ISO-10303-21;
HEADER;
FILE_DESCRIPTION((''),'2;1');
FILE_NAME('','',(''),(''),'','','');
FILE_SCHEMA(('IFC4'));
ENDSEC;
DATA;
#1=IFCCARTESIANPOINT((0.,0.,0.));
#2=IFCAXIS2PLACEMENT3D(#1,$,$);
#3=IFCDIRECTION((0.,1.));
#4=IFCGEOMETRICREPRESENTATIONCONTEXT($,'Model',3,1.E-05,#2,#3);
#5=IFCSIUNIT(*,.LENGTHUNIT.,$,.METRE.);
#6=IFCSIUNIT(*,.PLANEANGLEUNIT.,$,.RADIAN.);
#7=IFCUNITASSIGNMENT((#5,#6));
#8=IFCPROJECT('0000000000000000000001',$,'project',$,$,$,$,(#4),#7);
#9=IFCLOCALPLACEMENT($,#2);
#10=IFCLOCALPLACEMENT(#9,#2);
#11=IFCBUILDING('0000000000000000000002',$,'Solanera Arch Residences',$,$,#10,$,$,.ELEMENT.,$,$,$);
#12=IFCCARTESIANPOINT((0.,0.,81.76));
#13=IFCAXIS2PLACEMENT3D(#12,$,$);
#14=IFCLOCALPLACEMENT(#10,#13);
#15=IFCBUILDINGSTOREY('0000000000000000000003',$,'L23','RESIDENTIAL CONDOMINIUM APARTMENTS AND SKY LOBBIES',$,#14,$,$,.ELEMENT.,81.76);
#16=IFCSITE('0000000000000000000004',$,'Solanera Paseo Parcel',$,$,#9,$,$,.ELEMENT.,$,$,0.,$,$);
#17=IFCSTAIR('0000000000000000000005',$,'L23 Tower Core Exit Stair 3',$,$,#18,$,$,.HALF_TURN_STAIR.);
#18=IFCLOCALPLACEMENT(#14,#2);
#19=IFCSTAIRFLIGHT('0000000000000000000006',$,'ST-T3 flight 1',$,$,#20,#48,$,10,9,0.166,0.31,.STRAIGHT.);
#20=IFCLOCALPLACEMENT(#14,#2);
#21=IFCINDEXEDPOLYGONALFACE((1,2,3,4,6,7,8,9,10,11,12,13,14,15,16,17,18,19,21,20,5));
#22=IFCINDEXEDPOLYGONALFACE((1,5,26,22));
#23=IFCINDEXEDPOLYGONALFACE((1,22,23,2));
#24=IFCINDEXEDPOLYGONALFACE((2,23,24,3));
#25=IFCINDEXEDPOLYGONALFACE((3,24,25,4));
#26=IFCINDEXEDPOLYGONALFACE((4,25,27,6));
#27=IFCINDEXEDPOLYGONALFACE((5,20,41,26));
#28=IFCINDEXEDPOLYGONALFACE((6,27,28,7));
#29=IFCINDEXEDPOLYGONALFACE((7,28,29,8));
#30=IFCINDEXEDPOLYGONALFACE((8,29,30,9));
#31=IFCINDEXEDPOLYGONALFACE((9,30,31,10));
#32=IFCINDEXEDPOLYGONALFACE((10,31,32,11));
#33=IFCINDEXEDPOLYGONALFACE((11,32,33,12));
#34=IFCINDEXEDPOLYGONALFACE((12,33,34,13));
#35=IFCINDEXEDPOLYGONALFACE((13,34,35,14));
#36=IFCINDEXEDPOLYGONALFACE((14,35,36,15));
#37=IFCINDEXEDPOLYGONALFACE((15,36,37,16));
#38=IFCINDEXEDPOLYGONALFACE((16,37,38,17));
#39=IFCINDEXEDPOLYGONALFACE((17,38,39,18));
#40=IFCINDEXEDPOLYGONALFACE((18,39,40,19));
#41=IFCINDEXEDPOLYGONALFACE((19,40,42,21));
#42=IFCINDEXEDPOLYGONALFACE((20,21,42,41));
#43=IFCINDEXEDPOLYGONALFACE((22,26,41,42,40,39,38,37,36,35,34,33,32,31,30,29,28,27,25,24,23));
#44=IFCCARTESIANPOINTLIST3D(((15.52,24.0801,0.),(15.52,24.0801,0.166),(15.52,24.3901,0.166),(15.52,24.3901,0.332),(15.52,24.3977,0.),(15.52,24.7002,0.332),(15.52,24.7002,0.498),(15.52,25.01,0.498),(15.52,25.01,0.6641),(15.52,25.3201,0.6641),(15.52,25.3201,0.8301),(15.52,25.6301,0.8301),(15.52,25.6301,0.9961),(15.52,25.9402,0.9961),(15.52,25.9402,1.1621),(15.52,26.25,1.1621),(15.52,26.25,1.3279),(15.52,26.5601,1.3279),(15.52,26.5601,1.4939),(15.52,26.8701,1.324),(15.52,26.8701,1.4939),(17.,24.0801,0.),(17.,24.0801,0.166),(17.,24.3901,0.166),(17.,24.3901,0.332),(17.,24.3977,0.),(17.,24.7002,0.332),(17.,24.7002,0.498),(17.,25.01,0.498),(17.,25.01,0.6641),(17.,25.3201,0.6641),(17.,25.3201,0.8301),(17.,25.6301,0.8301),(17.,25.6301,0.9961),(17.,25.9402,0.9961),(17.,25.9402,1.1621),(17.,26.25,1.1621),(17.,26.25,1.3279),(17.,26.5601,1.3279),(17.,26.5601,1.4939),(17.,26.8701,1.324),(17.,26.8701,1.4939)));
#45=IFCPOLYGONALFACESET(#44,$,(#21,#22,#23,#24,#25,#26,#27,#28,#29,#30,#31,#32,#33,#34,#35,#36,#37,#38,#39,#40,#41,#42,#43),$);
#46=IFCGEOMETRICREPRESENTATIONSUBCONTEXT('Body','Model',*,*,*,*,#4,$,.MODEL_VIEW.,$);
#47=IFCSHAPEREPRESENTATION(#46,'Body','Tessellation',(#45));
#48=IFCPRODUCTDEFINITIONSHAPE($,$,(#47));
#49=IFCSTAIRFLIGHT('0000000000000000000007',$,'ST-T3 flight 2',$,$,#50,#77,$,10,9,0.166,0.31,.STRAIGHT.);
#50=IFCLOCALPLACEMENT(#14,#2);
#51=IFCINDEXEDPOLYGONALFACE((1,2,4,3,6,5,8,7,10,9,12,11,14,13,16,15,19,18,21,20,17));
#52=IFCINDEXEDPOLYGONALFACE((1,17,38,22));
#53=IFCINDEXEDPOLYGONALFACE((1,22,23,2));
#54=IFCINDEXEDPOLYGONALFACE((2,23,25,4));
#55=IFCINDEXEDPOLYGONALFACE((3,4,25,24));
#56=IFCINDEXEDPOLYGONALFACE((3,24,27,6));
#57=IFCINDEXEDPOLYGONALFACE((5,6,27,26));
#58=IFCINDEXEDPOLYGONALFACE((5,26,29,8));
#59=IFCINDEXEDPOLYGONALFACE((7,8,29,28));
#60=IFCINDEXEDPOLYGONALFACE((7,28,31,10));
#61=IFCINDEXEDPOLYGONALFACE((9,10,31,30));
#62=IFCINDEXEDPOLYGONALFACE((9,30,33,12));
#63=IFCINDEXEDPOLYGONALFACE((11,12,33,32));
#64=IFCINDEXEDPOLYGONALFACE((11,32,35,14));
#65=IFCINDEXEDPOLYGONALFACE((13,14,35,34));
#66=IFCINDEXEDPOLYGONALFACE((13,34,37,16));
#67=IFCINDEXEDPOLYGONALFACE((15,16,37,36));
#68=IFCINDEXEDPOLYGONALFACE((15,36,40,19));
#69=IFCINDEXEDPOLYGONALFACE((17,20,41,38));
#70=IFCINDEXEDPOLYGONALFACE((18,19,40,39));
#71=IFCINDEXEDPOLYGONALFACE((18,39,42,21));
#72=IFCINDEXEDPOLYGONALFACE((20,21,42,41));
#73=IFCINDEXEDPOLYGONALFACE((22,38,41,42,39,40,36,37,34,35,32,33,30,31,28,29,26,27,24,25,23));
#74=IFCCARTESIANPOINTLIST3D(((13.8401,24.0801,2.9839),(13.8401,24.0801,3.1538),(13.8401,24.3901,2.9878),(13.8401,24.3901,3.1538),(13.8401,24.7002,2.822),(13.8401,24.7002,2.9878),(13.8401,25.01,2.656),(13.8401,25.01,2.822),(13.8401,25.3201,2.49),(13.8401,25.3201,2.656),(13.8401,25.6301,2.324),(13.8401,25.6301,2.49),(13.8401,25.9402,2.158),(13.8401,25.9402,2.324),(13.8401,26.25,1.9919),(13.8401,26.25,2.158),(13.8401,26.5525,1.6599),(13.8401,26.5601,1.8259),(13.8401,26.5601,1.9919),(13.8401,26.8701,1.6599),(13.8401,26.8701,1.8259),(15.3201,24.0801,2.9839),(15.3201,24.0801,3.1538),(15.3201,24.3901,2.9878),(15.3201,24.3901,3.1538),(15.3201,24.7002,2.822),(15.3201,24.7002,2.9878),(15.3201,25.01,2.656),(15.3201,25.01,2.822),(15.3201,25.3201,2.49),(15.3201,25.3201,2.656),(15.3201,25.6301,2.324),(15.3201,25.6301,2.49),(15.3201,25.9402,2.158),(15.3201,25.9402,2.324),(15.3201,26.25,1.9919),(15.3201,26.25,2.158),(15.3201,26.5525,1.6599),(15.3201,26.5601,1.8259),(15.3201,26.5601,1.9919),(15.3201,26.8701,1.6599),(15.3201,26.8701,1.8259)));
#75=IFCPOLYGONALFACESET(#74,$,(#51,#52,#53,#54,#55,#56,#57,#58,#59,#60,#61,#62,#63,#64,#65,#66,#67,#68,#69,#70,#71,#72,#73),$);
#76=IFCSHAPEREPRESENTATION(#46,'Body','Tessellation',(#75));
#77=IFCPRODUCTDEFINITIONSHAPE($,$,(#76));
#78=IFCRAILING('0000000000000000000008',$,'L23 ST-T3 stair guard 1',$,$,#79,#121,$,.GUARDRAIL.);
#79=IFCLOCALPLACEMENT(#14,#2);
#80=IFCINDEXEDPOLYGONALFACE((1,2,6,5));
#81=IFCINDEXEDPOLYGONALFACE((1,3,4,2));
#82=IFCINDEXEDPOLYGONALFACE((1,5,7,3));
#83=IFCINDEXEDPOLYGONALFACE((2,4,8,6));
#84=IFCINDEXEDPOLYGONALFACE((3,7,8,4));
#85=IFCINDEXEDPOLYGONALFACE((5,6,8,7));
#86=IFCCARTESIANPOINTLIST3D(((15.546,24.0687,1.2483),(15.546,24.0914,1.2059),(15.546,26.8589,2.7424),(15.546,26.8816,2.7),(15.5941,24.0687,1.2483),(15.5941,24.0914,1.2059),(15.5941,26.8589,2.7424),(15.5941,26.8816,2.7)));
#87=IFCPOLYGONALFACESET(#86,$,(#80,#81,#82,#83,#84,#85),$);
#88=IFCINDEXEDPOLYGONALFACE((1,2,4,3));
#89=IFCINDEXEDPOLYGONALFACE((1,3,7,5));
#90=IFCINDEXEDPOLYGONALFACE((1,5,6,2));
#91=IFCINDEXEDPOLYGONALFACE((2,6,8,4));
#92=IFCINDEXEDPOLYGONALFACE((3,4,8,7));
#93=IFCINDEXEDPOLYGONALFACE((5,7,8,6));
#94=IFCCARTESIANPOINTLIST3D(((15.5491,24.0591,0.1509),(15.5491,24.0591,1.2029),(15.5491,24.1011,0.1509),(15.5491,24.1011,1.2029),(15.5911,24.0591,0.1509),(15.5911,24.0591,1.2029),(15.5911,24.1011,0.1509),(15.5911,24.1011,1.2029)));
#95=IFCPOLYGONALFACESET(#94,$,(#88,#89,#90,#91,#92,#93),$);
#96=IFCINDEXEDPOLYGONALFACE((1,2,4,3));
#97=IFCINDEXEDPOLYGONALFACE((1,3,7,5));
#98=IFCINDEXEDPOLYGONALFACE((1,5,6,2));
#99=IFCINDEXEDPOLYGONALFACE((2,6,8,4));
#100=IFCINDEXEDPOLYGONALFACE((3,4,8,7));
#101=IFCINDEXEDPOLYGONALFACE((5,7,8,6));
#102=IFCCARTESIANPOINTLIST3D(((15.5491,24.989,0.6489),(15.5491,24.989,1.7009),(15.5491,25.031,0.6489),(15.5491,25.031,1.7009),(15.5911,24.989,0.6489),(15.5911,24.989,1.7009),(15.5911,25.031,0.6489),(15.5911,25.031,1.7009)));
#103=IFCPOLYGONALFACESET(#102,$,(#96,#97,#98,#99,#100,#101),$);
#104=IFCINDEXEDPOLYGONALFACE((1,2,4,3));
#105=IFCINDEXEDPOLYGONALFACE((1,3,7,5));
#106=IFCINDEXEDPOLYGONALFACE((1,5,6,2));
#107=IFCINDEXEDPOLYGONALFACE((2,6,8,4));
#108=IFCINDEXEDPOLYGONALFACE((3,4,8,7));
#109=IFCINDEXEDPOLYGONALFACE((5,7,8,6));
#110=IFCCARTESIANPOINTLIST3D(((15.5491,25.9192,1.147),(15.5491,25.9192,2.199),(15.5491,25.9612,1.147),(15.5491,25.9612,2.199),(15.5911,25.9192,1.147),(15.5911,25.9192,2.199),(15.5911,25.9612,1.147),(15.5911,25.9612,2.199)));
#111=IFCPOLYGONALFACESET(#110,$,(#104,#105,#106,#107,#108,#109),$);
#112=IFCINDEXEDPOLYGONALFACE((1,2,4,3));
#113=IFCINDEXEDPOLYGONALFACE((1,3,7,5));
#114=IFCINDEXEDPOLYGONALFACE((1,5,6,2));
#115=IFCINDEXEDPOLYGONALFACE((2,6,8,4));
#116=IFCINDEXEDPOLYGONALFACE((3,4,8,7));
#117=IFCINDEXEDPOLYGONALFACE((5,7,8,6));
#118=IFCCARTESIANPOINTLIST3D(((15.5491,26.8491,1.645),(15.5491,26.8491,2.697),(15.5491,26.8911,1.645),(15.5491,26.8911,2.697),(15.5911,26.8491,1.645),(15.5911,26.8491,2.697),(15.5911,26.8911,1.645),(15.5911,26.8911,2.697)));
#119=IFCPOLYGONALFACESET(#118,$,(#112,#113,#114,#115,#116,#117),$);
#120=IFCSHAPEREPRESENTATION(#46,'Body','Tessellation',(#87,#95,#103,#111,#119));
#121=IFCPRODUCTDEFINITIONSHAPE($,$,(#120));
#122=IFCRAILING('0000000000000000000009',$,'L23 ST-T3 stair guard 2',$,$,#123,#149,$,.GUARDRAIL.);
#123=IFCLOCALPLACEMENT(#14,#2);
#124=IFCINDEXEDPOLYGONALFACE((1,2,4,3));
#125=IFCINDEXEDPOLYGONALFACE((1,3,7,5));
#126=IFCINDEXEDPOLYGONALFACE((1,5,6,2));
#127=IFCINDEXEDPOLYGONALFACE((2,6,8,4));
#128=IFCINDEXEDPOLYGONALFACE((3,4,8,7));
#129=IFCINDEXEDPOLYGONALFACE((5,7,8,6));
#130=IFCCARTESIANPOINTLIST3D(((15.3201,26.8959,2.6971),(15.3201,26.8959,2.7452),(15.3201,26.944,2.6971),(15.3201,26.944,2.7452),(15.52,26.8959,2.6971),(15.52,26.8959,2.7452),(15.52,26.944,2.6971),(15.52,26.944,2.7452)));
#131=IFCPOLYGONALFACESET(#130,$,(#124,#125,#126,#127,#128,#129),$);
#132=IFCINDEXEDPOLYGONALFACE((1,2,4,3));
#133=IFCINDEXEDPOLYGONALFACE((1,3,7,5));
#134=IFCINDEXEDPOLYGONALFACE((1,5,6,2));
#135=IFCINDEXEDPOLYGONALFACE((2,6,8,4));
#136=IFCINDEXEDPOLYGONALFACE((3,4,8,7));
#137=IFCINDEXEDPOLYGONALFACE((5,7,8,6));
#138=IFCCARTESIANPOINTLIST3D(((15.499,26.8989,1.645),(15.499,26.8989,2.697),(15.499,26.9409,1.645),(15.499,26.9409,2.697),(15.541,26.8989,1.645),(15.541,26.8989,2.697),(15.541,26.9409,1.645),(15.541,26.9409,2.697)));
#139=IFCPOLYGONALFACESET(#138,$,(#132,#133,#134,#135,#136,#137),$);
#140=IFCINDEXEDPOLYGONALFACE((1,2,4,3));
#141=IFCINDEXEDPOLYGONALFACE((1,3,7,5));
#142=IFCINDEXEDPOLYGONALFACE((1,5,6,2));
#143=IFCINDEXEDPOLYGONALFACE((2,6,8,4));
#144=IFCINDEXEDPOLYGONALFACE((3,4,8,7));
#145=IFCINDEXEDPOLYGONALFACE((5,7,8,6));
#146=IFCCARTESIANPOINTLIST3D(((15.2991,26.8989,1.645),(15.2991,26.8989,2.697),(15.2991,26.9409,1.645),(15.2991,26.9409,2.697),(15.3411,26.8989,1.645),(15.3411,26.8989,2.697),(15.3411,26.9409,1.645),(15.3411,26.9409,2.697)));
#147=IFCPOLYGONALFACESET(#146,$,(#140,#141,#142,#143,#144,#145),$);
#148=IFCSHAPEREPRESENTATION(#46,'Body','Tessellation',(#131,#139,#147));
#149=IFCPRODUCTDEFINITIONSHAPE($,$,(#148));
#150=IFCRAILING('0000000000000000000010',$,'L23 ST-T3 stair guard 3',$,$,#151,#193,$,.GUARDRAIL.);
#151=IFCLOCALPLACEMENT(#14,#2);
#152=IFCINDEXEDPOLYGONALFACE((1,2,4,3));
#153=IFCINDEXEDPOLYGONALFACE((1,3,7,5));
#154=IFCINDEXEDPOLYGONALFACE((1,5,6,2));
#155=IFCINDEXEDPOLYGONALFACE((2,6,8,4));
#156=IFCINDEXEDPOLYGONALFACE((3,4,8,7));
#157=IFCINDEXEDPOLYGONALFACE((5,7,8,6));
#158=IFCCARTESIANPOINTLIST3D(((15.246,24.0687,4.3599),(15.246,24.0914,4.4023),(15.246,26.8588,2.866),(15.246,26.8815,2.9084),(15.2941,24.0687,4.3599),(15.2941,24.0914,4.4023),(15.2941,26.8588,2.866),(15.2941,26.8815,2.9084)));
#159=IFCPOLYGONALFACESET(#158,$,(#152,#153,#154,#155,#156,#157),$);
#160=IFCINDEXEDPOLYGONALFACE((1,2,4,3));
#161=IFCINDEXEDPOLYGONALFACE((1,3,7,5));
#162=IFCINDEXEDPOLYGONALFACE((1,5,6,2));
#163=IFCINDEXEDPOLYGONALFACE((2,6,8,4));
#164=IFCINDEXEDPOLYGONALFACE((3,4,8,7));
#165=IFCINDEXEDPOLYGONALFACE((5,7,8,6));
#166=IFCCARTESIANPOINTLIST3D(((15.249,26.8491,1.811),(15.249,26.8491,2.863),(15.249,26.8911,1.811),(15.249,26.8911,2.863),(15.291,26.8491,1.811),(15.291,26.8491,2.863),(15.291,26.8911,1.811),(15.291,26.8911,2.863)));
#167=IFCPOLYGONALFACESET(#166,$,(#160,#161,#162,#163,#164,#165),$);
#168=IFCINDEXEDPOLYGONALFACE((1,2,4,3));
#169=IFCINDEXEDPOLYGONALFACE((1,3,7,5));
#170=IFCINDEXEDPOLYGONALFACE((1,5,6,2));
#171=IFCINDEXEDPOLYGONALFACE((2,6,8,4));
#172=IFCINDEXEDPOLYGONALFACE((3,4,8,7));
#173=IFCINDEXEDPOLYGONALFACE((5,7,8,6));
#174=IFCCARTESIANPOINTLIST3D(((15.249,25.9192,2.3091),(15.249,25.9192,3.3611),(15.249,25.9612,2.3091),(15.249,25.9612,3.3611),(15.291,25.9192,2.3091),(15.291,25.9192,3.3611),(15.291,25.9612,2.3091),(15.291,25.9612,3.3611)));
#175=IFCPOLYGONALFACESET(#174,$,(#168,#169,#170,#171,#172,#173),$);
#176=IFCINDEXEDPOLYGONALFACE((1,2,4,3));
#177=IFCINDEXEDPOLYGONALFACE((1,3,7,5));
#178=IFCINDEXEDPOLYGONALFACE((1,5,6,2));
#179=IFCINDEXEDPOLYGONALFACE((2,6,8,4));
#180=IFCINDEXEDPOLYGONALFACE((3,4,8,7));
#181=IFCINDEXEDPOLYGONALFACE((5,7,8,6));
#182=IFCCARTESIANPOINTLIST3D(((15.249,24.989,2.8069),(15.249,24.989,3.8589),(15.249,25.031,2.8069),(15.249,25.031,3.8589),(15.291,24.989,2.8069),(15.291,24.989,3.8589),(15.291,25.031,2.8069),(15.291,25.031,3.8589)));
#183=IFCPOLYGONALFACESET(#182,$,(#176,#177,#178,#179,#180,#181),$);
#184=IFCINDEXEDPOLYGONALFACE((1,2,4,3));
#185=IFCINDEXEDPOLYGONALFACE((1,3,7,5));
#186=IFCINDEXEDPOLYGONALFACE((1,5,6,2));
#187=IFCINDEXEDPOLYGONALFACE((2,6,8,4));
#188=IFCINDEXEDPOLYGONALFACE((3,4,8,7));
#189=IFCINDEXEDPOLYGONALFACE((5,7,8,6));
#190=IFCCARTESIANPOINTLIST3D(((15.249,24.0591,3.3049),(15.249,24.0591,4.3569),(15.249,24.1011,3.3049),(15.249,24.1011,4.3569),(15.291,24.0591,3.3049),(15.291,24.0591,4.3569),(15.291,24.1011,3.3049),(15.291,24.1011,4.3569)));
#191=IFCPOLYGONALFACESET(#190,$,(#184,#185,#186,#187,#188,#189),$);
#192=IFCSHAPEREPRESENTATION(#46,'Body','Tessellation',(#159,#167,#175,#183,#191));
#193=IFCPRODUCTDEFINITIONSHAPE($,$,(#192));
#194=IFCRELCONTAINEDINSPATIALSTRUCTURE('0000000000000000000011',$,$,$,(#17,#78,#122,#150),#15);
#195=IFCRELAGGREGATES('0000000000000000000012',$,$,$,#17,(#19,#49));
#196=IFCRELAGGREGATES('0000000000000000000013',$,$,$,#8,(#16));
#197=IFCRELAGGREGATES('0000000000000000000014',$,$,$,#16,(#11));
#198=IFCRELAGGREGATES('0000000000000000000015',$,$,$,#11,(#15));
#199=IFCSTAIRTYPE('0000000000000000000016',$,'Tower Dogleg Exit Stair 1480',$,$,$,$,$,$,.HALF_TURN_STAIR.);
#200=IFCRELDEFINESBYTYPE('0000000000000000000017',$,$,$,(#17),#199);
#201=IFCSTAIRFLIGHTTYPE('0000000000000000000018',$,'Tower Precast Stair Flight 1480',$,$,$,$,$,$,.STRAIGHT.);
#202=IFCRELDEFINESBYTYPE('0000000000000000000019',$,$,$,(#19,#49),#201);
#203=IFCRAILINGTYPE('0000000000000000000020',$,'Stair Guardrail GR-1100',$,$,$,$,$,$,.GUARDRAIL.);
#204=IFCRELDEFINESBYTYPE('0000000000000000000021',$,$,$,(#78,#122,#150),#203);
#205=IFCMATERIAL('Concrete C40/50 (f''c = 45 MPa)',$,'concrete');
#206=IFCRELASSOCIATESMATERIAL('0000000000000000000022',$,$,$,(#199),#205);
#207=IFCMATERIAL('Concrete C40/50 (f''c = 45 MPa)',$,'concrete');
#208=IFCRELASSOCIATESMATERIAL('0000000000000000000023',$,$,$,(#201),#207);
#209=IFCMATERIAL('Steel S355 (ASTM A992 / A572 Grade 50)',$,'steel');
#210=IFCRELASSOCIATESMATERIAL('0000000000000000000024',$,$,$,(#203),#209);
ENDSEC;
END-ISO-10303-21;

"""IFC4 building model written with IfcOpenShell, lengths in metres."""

from ifc_helpers import new_model, si_unit, direction, frame, origin, origin_2d, place, context, subcontext, project, spatial, polyline, rectangle, outline, extrude, material, type_object, element, aggregate, save


model = new_model("IFC4")

# Units and contexts
model_context = context("Model", 3, precision=1e-05, world=origin(), true_north=direction((0.0, 1.0)))
body_context = subcontext(model_context, "Body", "Model", "MODEL_VIEW")
ifc_project = project(units=[si_unit("LENGTHUNIT", "METRE"), si_unit("PLANEANGLEUNIT", "RADIAN")], contexts=[model_context])

# Site, building, storey
site_placement = place(None, origin())
site = spatial("IfcSite", under=ifc_project, at=site_placement, Name="Solanera Paseo Parcel", CompositionType="ELEMENT", RefElevation=0.0)
building_placement = place(site_placement, origin())
building = spatial("IfcBuilding", under=site, at=building_placement, Name="Solanera Arch Residences", CompositionType="ELEMENT")
storey_placement = place(building_placement, frame((0.0, 0.0, 81.76)))
storey = spatial("IfcBuildingStorey", under=building, at=storey_placement, Name="L23", Description="RESIDENTIAL CONDOMINIUM APARTMENTS AND SKY LOBBIES", CompositionType="ELEMENT", Elevation=81.76)

# Stair, stair flights
ifc_material_1 = material(Name="Concrete C40/50 (f'c = 45 MPa)", Category="concrete")
stair_type = type_object("IfcStairType", Name="Tower Dogleg Exit Stair 1480", PredefinedType="HALF_TURN_STAIR", material=ifc_material_1)
stair_placement = place(storey_placement, origin())
stair = element("IfcStair", 1, at=stair_placement, inside=storey, type_object=stair_type, Name="L23 Tower Core Exit Stair 3", PredefinedType="HALF_TURN_STAIR")
ifc_material_2 = material(Name="Concrete C40/50 (f'c = 45 MPa)", Category="concrete")
stair_flight_type = type_object("IfcStairFlightType", Name="Tower Precast Stair Flight 1480", PredefinedType="STRAIGHT", material=ifc_material_2)
stair_flight_1_placement = place(storey_placement, frame((16.26, 24.0801, 0.0), z_axis=(0.0, 0.0, 1.0), x_axis=(0.0, 1.0, 0.0)))
stair_flight_1 = element("IfcStairFlight", 2, at=stair_flight_1_placement, type_object=stair_flight_type, Name="ST-T3 flight 1", NumberOfRisers=10, NumberOfTreads=9, PredefinedType="STRAIGHT", RiserHeight=0.166, TreadLength=0.31, context=body_context, shape_type="SweptSolid", body=[
    extrude(outline(polyline([(0.0, 0.0), (0.0, 0.166), (0.3101, 0.166), (0.3101, 0.332), (0.6201, 0.332), (0.6201, 0.498), (0.9299, 0.498), (0.9299, 0.6641), (1.24, 0.6641), (1.24, 0.8301), (1.55, 0.8301), (1.55, 0.9961), (1.8601, 0.9961), (1.8601, 1.1621), (2.1699, 1.1621), (2.1699, 1.3279), (2.48, 1.3279), (2.48, 1.4939), (2.79, 1.4939), (2.79, 1.6599), (2.79, 1.324), (0.3176, 0.0), (0.0, 0.0)])), frame((0.0, 0.74, 0.0), z_axis=(0.0, -1.0, 0.0), x_axis=(1.0, 0.0, 0.0)), (0.0, 0.0, 1.0), 1.48),
])
stair_flight_2_placement = place(storey_placement, frame((14.5801, 26.8701, 1.6599), z_axis=(0.0, 0.0, 1.0), x_axis=(0.0, -1.0, 0.0)))
stair_flight_2 = element("IfcStairFlight", 3, at=stair_flight_2_placement, type_object=stair_flight_type, Name="ST-T3 flight 2", NumberOfRisers=10, NumberOfTreads=9, PredefinedType="STRAIGHT", RiserHeight=0.166, TreadLength=0.31, context=body_context, shape_type="SweptSolid", body=[
    extrude(outline(polyline([(0.0, 0.0), (0.0, 0.166), (0.3101, 0.166), (0.3101, 0.332), (0.6201, 0.332), (0.6201, 0.498), (0.9299, 0.498), (0.9299, 0.6641), (1.24, 0.6641), (1.24, 0.8301), (1.55, 0.8301), (1.55, 0.9961), (1.8601, 0.9961), (1.8601, 1.1621), (2.1699, 1.1621), (2.1699, 1.3279), (2.48, 1.3279), (2.48, 1.4939), (2.79, 1.4939), (2.79, 1.6599), (2.79, 1.324), (0.3176, 0.0), (0.0, 0.0)])), frame((0.0, 0.74, 0.0), z_axis=(0.0, -1.0, 0.0), x_axis=(1.0, 0.0, 0.0)), (0.0, 0.0, 1.0), 1.48),
])
aggregate(stair, [stair_flight_1, stair_flight_2])

# Railings
ifc_material_3 = material(Name="Steel S355 (ASTM A992 / A572 Grade 50)", Category="steel")
railing_type_1 = type_object("IfcRailingType", Name="Stair Guardrail GR-1100", PredefinedType="GUARDRAIL", material=ifc_material_3)
railing_1_placement = place(storey_placement, frame((15.5701, 24.0801, 0.1509)))
element("IfcRailing", 4, at=railing_1_placement, inside=storey, type_object=railing_type_1, Name="L23 ST-T3 stair guard 1", PredefinedType="GUARDRAIL", context=body_context, shape_type="SweptSolid", body=[
    extrude(rectangle(XDim=0.0481, YDim=0.0481, at=origin_2d()), frame((0.0, 0.0, 1.0762), z_axis=(0.0, 0.881549, 0.472093), x_axis=(-1.0, 0.0, 0.0)), (0.0, 0.0, 1.0), 3.165),
    extrude(rectangle(XDim=0.042, YDim=0.042, at=origin_2d()), origin(), (0.0, 0.0, 1.0), 1.052),
    extrude(rectangle(XDim=0.042, YDim=0.042, at=origin_2d()), frame((0.0, 0.9299, 0.498)), (0.0, 0.0, 1.0), 1.052),
    extrude(rectangle(XDim=0.042, YDim=0.042, at=origin_2d()), frame((0.0, 1.8601, 0.9961)), (0.0, 0.0, 1.0), 1.052),
    extrude(rectangle(XDim=0.042, YDim=0.042, at=origin_2d()), frame((0.0, 2.79, 1.4941)), (0.0, 0.0, 1.0), 1.052),
])
railing_2_placement = place(storey_placement, frame((15.52, 26.9199, 1.645)))
element("IfcRailing", 5, at=railing_2_placement, inside=storey, type_object=railing_type_1, Name="L23 ST-T3 stair guard 2", PredefinedType="GUARDRAIL", context=body_context, shape_type="SweptSolid", body=[
    extrude(rectangle(XDim=0.0481, YDim=0.0481, at=origin_2d()), frame((0.0, 0.0, 1.0762), z_axis=(-1.0, 0.0, 0.0), x_axis=(0.0, -1.0, 0.0)), (0.0, 0.0, 1.0), 0.2),
    extrude(rectangle(XDim=0.042, YDim=0.042, at=origin_2d()), origin(), (0.0, 0.0, 1.0), 1.052),
    extrude(rectangle(XDim=0.042, YDim=0.042, at=origin_2d()), frame((-0.2, 0.0, 0.0)), (0.0, 0.0, 1.0), 1.052),
])
railing_3_placement = place(storey_placement, frame((15.27, 26.8701, 1.811)))
element("IfcRailing", 6, at=railing_3_placement, inside=storey, type_object=railing_type_1, Name="L23 ST-T3 stair guard 3", PredefinedType="GUARDRAIL", context=body_context, shape_type="SweptSolid", body=[
    extrude(rectangle(XDim=0.0481, YDim=0.0481, at=origin_2d()), frame((0.0, 0.0, 1.0762), z_axis=(0.0, -0.881581, 0.472033), x_axis=(1.0, 0.0, 0.0)), (0.0, 0.0, 1.0), 3.1648),
    extrude(rectangle(XDim=0.042, YDim=0.042, at=origin_2d()), origin(), (0.0, 0.0, 1.0), 1.052),
    extrude(rectangle(XDim=0.042, YDim=0.042, at=origin_2d()), frame((0.0, -0.9299, 0.498)), (0.0, 0.0, 1.0), 1.052),
    extrude(rectangle(XDim=0.042, YDim=0.042, at=origin_2d()), frame((0.0, -1.8601, 0.9958)), (0.0, 0.0, 1.0), 1.052),
    extrude(rectangle(XDim=0.042, YDim=0.042, at=origin_2d()), frame((0.0, -2.79, 1.4939)), (0.0, 0.0, 1.0), 1.052),
])

save(model, "model.ifc")
